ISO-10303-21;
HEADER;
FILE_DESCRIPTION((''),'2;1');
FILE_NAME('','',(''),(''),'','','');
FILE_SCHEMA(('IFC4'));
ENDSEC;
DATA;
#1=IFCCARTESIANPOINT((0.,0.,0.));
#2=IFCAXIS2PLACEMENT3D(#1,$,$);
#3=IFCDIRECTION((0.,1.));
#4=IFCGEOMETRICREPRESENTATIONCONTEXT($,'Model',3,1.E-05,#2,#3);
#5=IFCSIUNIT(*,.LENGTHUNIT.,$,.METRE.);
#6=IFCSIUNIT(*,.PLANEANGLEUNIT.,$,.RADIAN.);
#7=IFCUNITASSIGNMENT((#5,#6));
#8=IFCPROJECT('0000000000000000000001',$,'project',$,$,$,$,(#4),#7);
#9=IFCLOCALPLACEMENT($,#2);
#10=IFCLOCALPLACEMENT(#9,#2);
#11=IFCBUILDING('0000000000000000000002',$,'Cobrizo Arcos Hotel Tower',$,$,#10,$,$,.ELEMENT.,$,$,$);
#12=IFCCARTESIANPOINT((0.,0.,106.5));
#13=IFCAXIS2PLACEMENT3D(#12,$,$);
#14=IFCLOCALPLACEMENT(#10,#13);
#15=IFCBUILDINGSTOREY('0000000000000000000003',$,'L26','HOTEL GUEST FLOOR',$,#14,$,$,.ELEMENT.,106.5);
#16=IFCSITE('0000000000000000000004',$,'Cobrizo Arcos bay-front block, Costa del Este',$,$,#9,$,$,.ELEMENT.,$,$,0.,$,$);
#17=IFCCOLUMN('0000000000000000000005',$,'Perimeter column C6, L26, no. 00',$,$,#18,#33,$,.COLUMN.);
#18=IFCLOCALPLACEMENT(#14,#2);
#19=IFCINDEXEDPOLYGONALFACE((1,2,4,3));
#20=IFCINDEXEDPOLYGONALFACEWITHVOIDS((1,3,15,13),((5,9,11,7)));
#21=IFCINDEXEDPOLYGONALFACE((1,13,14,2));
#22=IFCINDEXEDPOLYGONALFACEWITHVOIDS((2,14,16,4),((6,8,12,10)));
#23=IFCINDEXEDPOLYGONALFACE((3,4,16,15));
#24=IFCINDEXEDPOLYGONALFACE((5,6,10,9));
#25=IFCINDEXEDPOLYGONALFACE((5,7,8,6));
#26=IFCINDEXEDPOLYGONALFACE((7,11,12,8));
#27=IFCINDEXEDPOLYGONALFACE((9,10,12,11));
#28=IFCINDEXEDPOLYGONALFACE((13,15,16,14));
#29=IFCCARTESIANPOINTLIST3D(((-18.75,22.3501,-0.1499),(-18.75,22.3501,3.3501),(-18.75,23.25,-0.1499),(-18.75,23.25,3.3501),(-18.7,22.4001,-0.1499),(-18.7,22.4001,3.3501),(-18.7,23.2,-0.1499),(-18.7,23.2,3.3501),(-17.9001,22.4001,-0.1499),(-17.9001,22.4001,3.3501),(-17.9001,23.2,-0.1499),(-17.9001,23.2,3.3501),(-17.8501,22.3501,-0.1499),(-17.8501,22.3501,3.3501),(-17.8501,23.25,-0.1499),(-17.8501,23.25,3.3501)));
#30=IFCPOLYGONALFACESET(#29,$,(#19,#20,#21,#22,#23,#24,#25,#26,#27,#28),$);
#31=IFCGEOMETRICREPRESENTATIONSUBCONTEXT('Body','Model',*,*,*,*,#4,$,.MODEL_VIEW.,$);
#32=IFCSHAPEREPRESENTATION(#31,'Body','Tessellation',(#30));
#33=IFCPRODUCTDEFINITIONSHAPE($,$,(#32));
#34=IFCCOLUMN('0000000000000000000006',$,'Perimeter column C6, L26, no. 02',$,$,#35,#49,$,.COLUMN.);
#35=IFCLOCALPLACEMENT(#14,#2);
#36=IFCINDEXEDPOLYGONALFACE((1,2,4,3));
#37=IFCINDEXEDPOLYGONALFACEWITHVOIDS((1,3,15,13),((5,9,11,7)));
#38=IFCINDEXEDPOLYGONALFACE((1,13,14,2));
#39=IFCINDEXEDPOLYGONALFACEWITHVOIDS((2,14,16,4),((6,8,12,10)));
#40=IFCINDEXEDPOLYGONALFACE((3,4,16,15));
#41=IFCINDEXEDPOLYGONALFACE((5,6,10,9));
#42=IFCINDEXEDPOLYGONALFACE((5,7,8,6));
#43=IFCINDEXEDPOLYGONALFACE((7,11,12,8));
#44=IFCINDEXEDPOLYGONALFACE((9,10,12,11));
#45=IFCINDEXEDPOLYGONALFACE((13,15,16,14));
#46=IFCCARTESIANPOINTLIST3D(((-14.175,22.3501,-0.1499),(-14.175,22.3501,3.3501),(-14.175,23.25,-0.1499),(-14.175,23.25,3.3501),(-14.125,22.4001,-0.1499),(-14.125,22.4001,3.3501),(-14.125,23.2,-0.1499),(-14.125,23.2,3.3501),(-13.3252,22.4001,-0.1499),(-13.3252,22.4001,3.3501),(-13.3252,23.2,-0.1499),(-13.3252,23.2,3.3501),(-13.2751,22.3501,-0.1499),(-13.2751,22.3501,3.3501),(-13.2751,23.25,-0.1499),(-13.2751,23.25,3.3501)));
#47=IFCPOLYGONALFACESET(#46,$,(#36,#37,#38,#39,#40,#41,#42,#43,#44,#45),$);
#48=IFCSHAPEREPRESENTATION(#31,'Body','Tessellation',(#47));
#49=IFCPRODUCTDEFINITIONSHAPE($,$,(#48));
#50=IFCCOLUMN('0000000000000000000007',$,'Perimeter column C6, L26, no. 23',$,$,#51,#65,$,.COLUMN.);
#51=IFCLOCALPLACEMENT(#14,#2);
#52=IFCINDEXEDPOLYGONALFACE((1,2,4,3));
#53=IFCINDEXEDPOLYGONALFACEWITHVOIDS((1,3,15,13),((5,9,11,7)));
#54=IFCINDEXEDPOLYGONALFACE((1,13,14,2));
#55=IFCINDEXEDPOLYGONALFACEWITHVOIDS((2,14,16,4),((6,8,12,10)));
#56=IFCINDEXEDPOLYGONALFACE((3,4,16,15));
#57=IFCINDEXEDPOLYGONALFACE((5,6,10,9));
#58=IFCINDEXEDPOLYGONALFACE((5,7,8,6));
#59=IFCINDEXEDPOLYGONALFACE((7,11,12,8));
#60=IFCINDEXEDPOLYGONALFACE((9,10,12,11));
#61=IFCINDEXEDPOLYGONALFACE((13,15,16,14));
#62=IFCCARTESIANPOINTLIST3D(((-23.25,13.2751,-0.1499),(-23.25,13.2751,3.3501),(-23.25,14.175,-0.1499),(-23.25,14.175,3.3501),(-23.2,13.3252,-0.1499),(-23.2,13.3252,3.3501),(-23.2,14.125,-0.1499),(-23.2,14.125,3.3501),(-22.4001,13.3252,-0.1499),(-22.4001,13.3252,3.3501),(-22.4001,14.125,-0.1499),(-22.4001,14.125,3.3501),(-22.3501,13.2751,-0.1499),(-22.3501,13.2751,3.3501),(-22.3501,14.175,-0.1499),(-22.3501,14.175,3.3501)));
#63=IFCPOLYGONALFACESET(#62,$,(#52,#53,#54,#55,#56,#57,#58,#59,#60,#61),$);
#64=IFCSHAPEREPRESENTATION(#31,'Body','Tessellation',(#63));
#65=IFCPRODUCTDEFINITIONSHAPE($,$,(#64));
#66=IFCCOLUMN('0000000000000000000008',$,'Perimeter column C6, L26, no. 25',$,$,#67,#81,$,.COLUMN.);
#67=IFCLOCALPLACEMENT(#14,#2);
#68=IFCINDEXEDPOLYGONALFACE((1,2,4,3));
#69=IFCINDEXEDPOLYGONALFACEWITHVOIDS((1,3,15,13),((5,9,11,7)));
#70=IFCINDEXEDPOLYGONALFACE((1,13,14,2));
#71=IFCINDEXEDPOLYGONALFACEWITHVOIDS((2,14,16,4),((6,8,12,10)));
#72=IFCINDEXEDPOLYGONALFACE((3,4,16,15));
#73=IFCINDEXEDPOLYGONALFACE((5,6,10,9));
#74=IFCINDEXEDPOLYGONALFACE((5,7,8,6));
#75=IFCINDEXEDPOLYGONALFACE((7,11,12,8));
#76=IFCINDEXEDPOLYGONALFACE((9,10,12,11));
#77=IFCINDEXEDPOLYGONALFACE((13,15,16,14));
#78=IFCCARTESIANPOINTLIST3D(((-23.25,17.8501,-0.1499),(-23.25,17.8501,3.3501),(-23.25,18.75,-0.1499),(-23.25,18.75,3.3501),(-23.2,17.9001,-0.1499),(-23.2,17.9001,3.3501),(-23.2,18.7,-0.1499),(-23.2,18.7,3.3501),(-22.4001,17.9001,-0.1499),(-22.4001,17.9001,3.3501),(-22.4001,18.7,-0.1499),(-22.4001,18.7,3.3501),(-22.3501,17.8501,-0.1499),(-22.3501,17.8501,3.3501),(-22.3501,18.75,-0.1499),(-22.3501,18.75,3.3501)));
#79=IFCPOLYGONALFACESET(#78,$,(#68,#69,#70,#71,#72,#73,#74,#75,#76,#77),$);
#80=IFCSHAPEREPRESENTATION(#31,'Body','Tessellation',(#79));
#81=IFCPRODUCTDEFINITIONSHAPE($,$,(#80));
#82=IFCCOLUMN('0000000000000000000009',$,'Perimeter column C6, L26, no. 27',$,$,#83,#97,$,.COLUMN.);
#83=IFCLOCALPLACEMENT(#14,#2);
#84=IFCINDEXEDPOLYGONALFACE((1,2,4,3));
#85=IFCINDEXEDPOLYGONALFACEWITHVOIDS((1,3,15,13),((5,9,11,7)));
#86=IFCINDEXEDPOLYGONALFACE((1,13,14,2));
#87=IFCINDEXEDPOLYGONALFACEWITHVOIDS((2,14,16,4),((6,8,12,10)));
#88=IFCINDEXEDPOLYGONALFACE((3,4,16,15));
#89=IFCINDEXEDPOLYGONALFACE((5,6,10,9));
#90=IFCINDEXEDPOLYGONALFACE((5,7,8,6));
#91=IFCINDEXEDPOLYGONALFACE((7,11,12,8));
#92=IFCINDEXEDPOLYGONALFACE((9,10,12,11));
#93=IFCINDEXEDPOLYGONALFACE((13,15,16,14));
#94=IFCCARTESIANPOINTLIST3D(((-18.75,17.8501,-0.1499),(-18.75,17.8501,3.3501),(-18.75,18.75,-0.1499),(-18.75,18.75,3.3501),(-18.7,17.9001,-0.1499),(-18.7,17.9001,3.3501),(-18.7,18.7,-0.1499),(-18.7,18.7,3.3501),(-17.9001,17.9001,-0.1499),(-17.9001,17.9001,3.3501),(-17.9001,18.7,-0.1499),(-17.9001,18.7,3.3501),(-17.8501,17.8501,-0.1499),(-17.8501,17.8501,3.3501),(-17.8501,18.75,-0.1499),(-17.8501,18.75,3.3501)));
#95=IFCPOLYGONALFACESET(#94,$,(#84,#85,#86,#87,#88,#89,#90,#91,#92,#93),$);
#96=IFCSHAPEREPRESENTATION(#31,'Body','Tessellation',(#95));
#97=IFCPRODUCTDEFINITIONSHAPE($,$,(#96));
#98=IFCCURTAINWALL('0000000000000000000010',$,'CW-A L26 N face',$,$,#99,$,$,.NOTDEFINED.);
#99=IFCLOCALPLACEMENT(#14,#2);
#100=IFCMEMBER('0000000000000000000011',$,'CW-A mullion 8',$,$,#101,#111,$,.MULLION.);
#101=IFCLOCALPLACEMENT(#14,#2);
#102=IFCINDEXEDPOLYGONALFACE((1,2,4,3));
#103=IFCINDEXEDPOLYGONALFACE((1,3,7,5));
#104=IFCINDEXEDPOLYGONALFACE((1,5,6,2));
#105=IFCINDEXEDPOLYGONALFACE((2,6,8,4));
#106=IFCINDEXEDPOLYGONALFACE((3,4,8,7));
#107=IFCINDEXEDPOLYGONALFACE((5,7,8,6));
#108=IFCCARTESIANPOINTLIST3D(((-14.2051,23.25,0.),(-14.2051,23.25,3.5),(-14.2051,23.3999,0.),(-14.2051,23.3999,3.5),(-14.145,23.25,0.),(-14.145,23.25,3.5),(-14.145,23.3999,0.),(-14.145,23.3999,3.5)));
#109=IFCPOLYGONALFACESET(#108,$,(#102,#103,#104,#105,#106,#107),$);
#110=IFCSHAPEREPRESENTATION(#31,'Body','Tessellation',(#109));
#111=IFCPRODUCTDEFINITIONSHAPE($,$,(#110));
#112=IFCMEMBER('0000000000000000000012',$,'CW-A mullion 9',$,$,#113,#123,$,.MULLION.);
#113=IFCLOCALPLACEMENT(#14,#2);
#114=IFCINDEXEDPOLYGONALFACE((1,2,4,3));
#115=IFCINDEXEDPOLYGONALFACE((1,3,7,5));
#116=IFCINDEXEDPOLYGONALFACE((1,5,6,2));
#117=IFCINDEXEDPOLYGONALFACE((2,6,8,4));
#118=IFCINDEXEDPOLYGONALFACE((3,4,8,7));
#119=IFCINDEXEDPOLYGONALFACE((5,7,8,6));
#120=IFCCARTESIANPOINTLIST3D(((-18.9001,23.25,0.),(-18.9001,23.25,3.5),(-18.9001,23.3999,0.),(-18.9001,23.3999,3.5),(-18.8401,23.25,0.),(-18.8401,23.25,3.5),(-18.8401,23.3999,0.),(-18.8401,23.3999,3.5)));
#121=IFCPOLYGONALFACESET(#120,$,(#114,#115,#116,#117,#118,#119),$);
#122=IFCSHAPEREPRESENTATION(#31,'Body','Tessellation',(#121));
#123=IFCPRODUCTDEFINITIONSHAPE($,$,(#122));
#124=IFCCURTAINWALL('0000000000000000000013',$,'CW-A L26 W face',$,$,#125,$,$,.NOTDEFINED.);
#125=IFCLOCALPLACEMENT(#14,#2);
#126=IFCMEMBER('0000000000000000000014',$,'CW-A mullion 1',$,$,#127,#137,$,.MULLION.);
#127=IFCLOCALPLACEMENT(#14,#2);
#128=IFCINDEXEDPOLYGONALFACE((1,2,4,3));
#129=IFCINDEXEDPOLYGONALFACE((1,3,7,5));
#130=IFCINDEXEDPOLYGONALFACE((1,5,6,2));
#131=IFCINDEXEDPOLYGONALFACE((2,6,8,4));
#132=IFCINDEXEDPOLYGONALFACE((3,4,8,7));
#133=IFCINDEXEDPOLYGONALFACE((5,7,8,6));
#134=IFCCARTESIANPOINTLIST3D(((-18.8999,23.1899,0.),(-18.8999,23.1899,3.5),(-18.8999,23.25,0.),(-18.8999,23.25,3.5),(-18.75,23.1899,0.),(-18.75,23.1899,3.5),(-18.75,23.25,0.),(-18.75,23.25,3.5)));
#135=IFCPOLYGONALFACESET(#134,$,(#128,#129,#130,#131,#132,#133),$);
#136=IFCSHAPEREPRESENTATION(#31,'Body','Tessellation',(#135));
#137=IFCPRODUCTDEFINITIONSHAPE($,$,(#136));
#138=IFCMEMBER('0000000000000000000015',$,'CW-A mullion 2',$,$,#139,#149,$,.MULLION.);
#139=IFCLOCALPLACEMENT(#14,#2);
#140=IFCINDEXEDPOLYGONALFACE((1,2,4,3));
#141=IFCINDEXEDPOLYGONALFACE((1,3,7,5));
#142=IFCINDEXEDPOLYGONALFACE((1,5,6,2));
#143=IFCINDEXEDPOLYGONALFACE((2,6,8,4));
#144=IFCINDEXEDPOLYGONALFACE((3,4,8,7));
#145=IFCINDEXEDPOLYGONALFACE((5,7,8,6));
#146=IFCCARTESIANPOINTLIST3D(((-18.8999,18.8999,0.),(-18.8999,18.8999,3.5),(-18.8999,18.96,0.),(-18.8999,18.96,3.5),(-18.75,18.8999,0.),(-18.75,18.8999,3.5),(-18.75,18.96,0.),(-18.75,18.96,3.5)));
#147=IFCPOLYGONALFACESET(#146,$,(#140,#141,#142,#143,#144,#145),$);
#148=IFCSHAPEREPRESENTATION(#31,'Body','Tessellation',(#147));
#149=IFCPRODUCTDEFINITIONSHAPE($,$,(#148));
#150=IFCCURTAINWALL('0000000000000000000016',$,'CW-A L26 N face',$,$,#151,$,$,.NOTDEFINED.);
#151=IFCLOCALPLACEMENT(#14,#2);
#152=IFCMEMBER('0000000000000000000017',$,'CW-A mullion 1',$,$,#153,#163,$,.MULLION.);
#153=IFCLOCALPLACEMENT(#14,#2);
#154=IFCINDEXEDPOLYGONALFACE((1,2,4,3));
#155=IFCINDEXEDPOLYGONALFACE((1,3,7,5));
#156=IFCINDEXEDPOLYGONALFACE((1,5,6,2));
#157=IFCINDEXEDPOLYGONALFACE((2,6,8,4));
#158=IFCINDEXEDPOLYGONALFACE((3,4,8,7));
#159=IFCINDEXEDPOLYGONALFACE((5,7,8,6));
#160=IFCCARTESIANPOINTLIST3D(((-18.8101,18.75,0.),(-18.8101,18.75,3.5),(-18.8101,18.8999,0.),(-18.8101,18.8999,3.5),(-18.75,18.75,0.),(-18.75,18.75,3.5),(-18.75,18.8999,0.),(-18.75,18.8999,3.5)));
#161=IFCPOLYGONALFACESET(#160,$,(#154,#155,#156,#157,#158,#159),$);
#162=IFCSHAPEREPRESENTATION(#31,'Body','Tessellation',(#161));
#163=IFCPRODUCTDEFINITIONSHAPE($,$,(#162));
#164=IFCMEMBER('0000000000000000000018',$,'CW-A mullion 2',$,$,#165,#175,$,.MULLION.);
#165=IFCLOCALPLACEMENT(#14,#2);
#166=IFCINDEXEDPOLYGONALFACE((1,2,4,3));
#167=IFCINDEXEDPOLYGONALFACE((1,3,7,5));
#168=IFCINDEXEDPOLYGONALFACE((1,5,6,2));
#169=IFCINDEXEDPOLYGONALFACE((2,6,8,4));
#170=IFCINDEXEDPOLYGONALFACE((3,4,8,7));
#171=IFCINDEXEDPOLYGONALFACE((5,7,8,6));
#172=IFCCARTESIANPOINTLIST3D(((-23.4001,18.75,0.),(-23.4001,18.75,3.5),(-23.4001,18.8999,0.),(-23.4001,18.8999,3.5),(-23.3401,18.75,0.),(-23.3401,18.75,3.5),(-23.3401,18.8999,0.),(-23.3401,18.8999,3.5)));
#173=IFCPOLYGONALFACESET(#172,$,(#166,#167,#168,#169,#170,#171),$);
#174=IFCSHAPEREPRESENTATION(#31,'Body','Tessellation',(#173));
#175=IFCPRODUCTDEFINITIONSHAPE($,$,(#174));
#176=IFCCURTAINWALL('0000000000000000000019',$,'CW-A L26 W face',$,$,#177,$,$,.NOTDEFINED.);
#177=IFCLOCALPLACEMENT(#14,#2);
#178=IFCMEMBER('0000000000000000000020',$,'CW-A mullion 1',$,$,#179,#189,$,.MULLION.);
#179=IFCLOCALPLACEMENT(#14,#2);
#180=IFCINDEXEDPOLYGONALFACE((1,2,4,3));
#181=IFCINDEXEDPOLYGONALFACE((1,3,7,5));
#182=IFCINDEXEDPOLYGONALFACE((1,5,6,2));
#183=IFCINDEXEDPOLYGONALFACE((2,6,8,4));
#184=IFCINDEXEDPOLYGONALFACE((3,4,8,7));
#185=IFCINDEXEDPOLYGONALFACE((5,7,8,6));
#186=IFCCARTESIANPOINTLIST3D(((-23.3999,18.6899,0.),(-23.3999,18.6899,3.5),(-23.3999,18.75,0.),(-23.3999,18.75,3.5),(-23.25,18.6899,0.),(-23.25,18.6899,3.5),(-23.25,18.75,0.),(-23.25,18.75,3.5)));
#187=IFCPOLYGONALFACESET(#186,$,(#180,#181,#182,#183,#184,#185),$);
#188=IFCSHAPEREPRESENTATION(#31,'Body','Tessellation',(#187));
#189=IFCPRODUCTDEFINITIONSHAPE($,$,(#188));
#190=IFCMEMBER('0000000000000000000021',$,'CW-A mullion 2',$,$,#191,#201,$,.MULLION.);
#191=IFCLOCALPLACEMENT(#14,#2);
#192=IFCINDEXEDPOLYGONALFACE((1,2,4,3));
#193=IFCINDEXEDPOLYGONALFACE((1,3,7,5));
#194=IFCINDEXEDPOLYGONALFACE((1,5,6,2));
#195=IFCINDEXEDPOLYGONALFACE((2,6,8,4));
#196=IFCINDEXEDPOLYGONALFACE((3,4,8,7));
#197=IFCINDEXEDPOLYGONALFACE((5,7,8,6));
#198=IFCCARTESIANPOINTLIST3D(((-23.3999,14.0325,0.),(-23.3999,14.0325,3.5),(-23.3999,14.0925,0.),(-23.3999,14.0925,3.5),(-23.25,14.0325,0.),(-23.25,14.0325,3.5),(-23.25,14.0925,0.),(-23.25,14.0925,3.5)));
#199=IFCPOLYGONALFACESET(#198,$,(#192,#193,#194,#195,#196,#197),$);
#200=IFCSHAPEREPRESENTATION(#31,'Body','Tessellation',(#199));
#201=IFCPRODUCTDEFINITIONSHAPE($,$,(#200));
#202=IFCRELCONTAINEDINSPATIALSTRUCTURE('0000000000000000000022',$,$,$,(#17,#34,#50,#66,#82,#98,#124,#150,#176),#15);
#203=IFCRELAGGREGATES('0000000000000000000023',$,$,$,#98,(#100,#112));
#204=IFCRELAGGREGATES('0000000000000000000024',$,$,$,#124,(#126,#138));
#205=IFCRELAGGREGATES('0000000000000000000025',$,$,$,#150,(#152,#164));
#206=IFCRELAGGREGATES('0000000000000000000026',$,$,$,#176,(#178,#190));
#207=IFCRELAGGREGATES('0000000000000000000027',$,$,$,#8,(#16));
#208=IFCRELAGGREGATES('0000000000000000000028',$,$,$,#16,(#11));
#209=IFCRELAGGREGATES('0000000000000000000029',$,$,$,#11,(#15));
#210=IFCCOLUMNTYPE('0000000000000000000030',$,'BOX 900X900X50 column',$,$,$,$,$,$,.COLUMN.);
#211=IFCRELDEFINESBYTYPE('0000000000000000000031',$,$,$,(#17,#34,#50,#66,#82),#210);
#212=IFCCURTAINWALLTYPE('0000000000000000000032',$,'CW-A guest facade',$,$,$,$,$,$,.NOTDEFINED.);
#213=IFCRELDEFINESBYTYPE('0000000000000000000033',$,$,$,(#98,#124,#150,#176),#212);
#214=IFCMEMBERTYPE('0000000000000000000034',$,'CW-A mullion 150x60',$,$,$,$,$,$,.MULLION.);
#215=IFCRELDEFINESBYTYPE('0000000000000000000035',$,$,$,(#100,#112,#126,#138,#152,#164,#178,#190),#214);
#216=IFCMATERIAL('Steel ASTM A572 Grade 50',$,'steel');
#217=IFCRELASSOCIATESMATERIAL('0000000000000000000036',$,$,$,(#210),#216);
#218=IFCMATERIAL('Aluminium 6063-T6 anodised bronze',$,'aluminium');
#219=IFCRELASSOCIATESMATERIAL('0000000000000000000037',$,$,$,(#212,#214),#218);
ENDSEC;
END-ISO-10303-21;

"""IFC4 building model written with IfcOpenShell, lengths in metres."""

from ifc_helpers import new_model, si_unit, direction, frame, origin, origin_2d, place, context, subcontext, project, spatial, rectangle, hollow_rectangle, extrude, material, material_profile, profile_set, type_object, element, aggregate, save


model = new_model("IFC4")

# Units and contexts
model_context = context("Model", 3, precision=1e-05, world=origin(), true_north=direction((0.0, 1.0)))
body_context = subcontext(model_context, "Body", "Model", "MODEL_VIEW")
ifc_project = project(units=[si_unit("LENGTHUNIT", "METRE"), si_unit("PLANEANGLEUNIT", "RADIAN")], contexts=[model_context])

# Site, building, storey
site_placement = place(None, origin())
site = spatial("IfcSite", under=ifc_project, at=site_placement, Name="Cobrizo Arcos bay-front block, Costa del Este", CompositionType="ELEMENT", RefElevation=0.0)
building_placement = place(site_placement, origin())
building = spatial("IfcBuilding", under=site, at=building_placement, Name="Cobrizo Arcos Hotel Tower", CompositionType="ELEMENT")
storey_placement = place(building_placement, frame((0.0, 0.0, 106.5)))
storey = spatial("IfcBuildingStorey", under=building, at=storey_placement, Name="L26", Description="HOTEL GUEST FLOOR", CompositionType="ELEMENT", Elevation=106.5)

# Columns
ifc_material_1 = material(Name="Steel ASTM A572 Grade 50", Category="steel")
ifc_material_profile_1 = material_profile(ifc_material_1, hollow_rectangle(XDim=0.8999, YDim=0.8999, WallThickness=0.05, at=origin_2d()), Name="BOX 900X900X50")
ifc_profile_set_1 = profile_set([ifc_material_profile_1], Name="Steel ASTM A572 Grade 50")
column_type = type_object("IfcColumnType", Name="BOX 900X900X50 column", PredefinedType="COLUMN", material=ifc_profile_set_1)
for number, where, z_axis, x_axis, name in (
    (1, (-18.3, 22.8, -0.1499), (0.0, 0.0, 1.0), (1.0, 0.0, 0.0), "Perimeter column C6, L26, no. 00"),
    (2, (-13.7251, 22.8, -0.1499), (0.0, 0.0, 1.0), (1.0, 0.0, 0.0), "Perimeter column C6, L26, no. 02"),
    (3, (-22.8, 13.7251, -0.1499), (0.0, 0.0, 1.0), (1.0, 0.0, 0.0), "Perimeter column C6, L26, no. 23"),
    (4, (-22.8, 18.3, -0.1499), (0.0, 0.0, 1.0), (1.0, 0.0, 0.0), "Perimeter column C6, L26, no. 25"),
    (5, (-18.3, 18.3, -0.1499), (0.0, 0.0, 1.0), (1.0, 0.0, 0.0), "Perimeter column C6, L26, no. 27"),
):
    element("IfcColumn", number, at=place(storey_placement, frame(where, z_axis=z_axis, x_axis=x_axis)), inside=storey, type_object=column_type, Name=name, PredefinedType="COLUMN", context=body_context, shape_type="SweptSolid", body=[
        extrude(hollow_rectangle(XDim=0.8999, YDim=0.8999, WallThickness=0.05, at=origin_2d()), origin(), (0.0, 0.0, 1.0), 3.5),
    ])

# Curtain walls, members
ifc_material_2 = material(Name="Aluminium 6063-T6 anodised bronze", Category="aluminium")
curtain_wall_type = type_object("IfcCurtainWallType", Name="CW-A guest facade", PredefinedType="NOTDEFINED", material=ifc_material_2)
curtain_wall_1_placement = place(storey_placement, origin())
curtain_wall_1 = element("IfcCurtainWall", 6, at=curtain_wall_1_placement, inside=storey, type_object=curtain_wall_type, Name="CW-A L26 N face", PredefinedType="NOTDEFINED")
ifc_material_profile_2 = material_profile(ifc_material_2, rectangle(XDim=0.1499, YDim=0.0601, at=origin_2d()), Name="CW-A mullion 150x60")
ifc_profile_set_2 = profile_set([ifc_material_profile_2], Name="Aluminium 6063-T6 anodised bronze")
member_type = type_object("IfcMemberType", Name="CW-A mullion 150x60", PredefinedType="MULLION", material=ifc_profile_set_2)
member_1_placement = place(storey_placement, frame((-14.175, 23.325, 0.0), z_axis=(0.0, 0.0, 1.0), x_axis=(0.0, 1.0, 0.0)))
member_1 = element("IfcMember", 7, at=member_1_placement, type_object=member_type, Name="CW-A mullion 8", PredefinedType="MULLION", context=body_context, shape_type="SweptSolid", body=[
    extrude(rectangle(XDim=0.1499, YDim=0.0601, at=origin_2d()), origin(), (0.0, 0.0, 1.0), 3.5),
])
member_2_placement = place(storey_placement, frame((-18.8701, 23.325, 0.0), z_axis=(0.0, 0.0, 1.0), x_axis=(0.0, 1.0, 0.0)))
member_2 = element("IfcMember", 8, at=member_2_placement, type_object=member_type, Name="CW-A mullion 9", PredefinedType="MULLION", context=body_context, shape_type="SweptSolid", body=[
    extrude(rectangle(XDim=0.1499, YDim=0.0601, at=origin_2d()), origin(), (0.0, 0.0, 1.0), 3.5),
])
curtain_wall_2_placement = place(storey_placement, origin())
curtain_wall_2 = element("IfcCurtainWall", 9, at=curtain_wall_2_placement, inside=storey, type_object=curtain_wall_type, Name="CW-A L26 W face", PredefinedType="NOTDEFINED")
member_3_placement = place(storey_placement, frame((-18.825, 23.22, 0.0), z_axis=(0.0, 0.0, 1.0), x_axis=(-1.0, 0.0, 0.0)))
member_3 = element("IfcMember", 10, at=member_3_placement, type_object=member_type, Name="CW-A mullion 1", PredefinedType="MULLION", context=body_context, shape_type="SweptSolid", body=[
    extrude(rectangle(XDim=0.1499, YDim=0.0601, at=origin_2d()), origin(), (0.0, 0.0, 1.0), 3.5),
])
member_4_placement = place(storey_placement, frame((-18.825, 18.9299, 0.0), z_axis=(0.0, 0.0, 1.0), x_axis=(-1.0, 0.0, 0.0)))
member_4 = element("IfcMember", 11, at=member_4_placement, type_object=member_type, Name="CW-A mullion 2", PredefinedType="MULLION", context=body_context, shape_type="SweptSolid", body=[
    extrude(rectangle(XDim=0.1499, YDim=0.0601, at=origin_2d()), origin(), (0.0, 0.0, 1.0), 3.5),
])
curtain_wall_3_placement = place(storey_placement, origin())
curtain_wall_3 = element("IfcCurtainWall", 12, at=curtain_wall_3_placement, inside=storey, type_object=curtain_wall_type, Name="CW-A L26 N face", PredefinedType="NOTDEFINED")
member_5_placement = place(storey_placement, frame((-18.78, 18.825, 0.0), z_axis=(0.0, 0.0, 1.0), x_axis=(0.0, 1.0, 0.0)))
member_5 = element("IfcMember", 13, at=member_5_placement, type_object=member_type, Name="CW-A mullion 1", PredefinedType="MULLION", context=body_context, shape_type="SweptSolid", body=[
    extrude(rectangle(XDim=0.1499, YDim=0.0601, at=origin_2d()), origin(), (0.0, 0.0, 1.0), 3.5),
])
member_6_placement = place(storey_placement, frame((-23.3701, 18.825, 0.0), z_axis=(0.0, 0.0, 1.0), x_axis=(0.0, 1.0, 0.0)))
member_6 = element("IfcMember", 14, at=member_6_placement, type_object=member_type, Name="CW-A mullion 2", PredefinedType="MULLION", context=body_context, shape_type="SweptSolid", body=[
    extrude(rectangle(XDim=0.1499, YDim=0.0601, at=origin_2d()), origin(), (0.0, 0.0, 1.0), 3.5),
])
curtain_wall_4_placement = place(storey_placement, origin())
curtain_wall_4 = element("IfcCurtainWall", 15, at=curtain_wall_4_placement, inside=storey, type_object=curtain_wall_type, Name="CW-A L26 W face", PredefinedType="NOTDEFINED")
member_7_placement = place(storey_placement, frame((-23.325, 18.72, 0.0), z_axis=(0.0, 0.0, 1.0), x_axis=(-1.0, 0.0, 0.0)))
member_7 = element("IfcMember", 16, at=member_7_placement, type_object=member_type, Name="CW-A mullion 1", PredefinedType="MULLION", context=body_context, shape_type="SweptSolid", body=[
    extrude(rectangle(XDim=0.1499, YDim=0.0601, at=origin_2d()), origin(), (0.0, 0.0, 1.0), 3.5),
])
member_8_placement = place(storey_placement, frame((-23.325, 14.0625, 0.0), z_axis=(0.0, 0.0, 1.0), x_axis=(-1.0, 0.0, 0.0)))
member_8 = element("IfcMember", 17, at=member_8_placement, type_object=member_type, Name="CW-A mullion 2", PredefinedType="MULLION", context=body_context, shape_type="SweptSolid", body=[
    extrude(rectangle(XDim=0.1499, YDim=0.0601, at=origin_2d()), origin(), (0.0, 0.0, 1.0), 3.5),
])

aggregate(curtain_wall_1, [member_1, member_2])
aggregate(curtain_wall_2, [member_3, member_4])
aggregate(curtain_wall_3, [member_5, member_6])
aggregate(curtain_wall_4, [member_7, member_8])

save(model, "model.ifc")
